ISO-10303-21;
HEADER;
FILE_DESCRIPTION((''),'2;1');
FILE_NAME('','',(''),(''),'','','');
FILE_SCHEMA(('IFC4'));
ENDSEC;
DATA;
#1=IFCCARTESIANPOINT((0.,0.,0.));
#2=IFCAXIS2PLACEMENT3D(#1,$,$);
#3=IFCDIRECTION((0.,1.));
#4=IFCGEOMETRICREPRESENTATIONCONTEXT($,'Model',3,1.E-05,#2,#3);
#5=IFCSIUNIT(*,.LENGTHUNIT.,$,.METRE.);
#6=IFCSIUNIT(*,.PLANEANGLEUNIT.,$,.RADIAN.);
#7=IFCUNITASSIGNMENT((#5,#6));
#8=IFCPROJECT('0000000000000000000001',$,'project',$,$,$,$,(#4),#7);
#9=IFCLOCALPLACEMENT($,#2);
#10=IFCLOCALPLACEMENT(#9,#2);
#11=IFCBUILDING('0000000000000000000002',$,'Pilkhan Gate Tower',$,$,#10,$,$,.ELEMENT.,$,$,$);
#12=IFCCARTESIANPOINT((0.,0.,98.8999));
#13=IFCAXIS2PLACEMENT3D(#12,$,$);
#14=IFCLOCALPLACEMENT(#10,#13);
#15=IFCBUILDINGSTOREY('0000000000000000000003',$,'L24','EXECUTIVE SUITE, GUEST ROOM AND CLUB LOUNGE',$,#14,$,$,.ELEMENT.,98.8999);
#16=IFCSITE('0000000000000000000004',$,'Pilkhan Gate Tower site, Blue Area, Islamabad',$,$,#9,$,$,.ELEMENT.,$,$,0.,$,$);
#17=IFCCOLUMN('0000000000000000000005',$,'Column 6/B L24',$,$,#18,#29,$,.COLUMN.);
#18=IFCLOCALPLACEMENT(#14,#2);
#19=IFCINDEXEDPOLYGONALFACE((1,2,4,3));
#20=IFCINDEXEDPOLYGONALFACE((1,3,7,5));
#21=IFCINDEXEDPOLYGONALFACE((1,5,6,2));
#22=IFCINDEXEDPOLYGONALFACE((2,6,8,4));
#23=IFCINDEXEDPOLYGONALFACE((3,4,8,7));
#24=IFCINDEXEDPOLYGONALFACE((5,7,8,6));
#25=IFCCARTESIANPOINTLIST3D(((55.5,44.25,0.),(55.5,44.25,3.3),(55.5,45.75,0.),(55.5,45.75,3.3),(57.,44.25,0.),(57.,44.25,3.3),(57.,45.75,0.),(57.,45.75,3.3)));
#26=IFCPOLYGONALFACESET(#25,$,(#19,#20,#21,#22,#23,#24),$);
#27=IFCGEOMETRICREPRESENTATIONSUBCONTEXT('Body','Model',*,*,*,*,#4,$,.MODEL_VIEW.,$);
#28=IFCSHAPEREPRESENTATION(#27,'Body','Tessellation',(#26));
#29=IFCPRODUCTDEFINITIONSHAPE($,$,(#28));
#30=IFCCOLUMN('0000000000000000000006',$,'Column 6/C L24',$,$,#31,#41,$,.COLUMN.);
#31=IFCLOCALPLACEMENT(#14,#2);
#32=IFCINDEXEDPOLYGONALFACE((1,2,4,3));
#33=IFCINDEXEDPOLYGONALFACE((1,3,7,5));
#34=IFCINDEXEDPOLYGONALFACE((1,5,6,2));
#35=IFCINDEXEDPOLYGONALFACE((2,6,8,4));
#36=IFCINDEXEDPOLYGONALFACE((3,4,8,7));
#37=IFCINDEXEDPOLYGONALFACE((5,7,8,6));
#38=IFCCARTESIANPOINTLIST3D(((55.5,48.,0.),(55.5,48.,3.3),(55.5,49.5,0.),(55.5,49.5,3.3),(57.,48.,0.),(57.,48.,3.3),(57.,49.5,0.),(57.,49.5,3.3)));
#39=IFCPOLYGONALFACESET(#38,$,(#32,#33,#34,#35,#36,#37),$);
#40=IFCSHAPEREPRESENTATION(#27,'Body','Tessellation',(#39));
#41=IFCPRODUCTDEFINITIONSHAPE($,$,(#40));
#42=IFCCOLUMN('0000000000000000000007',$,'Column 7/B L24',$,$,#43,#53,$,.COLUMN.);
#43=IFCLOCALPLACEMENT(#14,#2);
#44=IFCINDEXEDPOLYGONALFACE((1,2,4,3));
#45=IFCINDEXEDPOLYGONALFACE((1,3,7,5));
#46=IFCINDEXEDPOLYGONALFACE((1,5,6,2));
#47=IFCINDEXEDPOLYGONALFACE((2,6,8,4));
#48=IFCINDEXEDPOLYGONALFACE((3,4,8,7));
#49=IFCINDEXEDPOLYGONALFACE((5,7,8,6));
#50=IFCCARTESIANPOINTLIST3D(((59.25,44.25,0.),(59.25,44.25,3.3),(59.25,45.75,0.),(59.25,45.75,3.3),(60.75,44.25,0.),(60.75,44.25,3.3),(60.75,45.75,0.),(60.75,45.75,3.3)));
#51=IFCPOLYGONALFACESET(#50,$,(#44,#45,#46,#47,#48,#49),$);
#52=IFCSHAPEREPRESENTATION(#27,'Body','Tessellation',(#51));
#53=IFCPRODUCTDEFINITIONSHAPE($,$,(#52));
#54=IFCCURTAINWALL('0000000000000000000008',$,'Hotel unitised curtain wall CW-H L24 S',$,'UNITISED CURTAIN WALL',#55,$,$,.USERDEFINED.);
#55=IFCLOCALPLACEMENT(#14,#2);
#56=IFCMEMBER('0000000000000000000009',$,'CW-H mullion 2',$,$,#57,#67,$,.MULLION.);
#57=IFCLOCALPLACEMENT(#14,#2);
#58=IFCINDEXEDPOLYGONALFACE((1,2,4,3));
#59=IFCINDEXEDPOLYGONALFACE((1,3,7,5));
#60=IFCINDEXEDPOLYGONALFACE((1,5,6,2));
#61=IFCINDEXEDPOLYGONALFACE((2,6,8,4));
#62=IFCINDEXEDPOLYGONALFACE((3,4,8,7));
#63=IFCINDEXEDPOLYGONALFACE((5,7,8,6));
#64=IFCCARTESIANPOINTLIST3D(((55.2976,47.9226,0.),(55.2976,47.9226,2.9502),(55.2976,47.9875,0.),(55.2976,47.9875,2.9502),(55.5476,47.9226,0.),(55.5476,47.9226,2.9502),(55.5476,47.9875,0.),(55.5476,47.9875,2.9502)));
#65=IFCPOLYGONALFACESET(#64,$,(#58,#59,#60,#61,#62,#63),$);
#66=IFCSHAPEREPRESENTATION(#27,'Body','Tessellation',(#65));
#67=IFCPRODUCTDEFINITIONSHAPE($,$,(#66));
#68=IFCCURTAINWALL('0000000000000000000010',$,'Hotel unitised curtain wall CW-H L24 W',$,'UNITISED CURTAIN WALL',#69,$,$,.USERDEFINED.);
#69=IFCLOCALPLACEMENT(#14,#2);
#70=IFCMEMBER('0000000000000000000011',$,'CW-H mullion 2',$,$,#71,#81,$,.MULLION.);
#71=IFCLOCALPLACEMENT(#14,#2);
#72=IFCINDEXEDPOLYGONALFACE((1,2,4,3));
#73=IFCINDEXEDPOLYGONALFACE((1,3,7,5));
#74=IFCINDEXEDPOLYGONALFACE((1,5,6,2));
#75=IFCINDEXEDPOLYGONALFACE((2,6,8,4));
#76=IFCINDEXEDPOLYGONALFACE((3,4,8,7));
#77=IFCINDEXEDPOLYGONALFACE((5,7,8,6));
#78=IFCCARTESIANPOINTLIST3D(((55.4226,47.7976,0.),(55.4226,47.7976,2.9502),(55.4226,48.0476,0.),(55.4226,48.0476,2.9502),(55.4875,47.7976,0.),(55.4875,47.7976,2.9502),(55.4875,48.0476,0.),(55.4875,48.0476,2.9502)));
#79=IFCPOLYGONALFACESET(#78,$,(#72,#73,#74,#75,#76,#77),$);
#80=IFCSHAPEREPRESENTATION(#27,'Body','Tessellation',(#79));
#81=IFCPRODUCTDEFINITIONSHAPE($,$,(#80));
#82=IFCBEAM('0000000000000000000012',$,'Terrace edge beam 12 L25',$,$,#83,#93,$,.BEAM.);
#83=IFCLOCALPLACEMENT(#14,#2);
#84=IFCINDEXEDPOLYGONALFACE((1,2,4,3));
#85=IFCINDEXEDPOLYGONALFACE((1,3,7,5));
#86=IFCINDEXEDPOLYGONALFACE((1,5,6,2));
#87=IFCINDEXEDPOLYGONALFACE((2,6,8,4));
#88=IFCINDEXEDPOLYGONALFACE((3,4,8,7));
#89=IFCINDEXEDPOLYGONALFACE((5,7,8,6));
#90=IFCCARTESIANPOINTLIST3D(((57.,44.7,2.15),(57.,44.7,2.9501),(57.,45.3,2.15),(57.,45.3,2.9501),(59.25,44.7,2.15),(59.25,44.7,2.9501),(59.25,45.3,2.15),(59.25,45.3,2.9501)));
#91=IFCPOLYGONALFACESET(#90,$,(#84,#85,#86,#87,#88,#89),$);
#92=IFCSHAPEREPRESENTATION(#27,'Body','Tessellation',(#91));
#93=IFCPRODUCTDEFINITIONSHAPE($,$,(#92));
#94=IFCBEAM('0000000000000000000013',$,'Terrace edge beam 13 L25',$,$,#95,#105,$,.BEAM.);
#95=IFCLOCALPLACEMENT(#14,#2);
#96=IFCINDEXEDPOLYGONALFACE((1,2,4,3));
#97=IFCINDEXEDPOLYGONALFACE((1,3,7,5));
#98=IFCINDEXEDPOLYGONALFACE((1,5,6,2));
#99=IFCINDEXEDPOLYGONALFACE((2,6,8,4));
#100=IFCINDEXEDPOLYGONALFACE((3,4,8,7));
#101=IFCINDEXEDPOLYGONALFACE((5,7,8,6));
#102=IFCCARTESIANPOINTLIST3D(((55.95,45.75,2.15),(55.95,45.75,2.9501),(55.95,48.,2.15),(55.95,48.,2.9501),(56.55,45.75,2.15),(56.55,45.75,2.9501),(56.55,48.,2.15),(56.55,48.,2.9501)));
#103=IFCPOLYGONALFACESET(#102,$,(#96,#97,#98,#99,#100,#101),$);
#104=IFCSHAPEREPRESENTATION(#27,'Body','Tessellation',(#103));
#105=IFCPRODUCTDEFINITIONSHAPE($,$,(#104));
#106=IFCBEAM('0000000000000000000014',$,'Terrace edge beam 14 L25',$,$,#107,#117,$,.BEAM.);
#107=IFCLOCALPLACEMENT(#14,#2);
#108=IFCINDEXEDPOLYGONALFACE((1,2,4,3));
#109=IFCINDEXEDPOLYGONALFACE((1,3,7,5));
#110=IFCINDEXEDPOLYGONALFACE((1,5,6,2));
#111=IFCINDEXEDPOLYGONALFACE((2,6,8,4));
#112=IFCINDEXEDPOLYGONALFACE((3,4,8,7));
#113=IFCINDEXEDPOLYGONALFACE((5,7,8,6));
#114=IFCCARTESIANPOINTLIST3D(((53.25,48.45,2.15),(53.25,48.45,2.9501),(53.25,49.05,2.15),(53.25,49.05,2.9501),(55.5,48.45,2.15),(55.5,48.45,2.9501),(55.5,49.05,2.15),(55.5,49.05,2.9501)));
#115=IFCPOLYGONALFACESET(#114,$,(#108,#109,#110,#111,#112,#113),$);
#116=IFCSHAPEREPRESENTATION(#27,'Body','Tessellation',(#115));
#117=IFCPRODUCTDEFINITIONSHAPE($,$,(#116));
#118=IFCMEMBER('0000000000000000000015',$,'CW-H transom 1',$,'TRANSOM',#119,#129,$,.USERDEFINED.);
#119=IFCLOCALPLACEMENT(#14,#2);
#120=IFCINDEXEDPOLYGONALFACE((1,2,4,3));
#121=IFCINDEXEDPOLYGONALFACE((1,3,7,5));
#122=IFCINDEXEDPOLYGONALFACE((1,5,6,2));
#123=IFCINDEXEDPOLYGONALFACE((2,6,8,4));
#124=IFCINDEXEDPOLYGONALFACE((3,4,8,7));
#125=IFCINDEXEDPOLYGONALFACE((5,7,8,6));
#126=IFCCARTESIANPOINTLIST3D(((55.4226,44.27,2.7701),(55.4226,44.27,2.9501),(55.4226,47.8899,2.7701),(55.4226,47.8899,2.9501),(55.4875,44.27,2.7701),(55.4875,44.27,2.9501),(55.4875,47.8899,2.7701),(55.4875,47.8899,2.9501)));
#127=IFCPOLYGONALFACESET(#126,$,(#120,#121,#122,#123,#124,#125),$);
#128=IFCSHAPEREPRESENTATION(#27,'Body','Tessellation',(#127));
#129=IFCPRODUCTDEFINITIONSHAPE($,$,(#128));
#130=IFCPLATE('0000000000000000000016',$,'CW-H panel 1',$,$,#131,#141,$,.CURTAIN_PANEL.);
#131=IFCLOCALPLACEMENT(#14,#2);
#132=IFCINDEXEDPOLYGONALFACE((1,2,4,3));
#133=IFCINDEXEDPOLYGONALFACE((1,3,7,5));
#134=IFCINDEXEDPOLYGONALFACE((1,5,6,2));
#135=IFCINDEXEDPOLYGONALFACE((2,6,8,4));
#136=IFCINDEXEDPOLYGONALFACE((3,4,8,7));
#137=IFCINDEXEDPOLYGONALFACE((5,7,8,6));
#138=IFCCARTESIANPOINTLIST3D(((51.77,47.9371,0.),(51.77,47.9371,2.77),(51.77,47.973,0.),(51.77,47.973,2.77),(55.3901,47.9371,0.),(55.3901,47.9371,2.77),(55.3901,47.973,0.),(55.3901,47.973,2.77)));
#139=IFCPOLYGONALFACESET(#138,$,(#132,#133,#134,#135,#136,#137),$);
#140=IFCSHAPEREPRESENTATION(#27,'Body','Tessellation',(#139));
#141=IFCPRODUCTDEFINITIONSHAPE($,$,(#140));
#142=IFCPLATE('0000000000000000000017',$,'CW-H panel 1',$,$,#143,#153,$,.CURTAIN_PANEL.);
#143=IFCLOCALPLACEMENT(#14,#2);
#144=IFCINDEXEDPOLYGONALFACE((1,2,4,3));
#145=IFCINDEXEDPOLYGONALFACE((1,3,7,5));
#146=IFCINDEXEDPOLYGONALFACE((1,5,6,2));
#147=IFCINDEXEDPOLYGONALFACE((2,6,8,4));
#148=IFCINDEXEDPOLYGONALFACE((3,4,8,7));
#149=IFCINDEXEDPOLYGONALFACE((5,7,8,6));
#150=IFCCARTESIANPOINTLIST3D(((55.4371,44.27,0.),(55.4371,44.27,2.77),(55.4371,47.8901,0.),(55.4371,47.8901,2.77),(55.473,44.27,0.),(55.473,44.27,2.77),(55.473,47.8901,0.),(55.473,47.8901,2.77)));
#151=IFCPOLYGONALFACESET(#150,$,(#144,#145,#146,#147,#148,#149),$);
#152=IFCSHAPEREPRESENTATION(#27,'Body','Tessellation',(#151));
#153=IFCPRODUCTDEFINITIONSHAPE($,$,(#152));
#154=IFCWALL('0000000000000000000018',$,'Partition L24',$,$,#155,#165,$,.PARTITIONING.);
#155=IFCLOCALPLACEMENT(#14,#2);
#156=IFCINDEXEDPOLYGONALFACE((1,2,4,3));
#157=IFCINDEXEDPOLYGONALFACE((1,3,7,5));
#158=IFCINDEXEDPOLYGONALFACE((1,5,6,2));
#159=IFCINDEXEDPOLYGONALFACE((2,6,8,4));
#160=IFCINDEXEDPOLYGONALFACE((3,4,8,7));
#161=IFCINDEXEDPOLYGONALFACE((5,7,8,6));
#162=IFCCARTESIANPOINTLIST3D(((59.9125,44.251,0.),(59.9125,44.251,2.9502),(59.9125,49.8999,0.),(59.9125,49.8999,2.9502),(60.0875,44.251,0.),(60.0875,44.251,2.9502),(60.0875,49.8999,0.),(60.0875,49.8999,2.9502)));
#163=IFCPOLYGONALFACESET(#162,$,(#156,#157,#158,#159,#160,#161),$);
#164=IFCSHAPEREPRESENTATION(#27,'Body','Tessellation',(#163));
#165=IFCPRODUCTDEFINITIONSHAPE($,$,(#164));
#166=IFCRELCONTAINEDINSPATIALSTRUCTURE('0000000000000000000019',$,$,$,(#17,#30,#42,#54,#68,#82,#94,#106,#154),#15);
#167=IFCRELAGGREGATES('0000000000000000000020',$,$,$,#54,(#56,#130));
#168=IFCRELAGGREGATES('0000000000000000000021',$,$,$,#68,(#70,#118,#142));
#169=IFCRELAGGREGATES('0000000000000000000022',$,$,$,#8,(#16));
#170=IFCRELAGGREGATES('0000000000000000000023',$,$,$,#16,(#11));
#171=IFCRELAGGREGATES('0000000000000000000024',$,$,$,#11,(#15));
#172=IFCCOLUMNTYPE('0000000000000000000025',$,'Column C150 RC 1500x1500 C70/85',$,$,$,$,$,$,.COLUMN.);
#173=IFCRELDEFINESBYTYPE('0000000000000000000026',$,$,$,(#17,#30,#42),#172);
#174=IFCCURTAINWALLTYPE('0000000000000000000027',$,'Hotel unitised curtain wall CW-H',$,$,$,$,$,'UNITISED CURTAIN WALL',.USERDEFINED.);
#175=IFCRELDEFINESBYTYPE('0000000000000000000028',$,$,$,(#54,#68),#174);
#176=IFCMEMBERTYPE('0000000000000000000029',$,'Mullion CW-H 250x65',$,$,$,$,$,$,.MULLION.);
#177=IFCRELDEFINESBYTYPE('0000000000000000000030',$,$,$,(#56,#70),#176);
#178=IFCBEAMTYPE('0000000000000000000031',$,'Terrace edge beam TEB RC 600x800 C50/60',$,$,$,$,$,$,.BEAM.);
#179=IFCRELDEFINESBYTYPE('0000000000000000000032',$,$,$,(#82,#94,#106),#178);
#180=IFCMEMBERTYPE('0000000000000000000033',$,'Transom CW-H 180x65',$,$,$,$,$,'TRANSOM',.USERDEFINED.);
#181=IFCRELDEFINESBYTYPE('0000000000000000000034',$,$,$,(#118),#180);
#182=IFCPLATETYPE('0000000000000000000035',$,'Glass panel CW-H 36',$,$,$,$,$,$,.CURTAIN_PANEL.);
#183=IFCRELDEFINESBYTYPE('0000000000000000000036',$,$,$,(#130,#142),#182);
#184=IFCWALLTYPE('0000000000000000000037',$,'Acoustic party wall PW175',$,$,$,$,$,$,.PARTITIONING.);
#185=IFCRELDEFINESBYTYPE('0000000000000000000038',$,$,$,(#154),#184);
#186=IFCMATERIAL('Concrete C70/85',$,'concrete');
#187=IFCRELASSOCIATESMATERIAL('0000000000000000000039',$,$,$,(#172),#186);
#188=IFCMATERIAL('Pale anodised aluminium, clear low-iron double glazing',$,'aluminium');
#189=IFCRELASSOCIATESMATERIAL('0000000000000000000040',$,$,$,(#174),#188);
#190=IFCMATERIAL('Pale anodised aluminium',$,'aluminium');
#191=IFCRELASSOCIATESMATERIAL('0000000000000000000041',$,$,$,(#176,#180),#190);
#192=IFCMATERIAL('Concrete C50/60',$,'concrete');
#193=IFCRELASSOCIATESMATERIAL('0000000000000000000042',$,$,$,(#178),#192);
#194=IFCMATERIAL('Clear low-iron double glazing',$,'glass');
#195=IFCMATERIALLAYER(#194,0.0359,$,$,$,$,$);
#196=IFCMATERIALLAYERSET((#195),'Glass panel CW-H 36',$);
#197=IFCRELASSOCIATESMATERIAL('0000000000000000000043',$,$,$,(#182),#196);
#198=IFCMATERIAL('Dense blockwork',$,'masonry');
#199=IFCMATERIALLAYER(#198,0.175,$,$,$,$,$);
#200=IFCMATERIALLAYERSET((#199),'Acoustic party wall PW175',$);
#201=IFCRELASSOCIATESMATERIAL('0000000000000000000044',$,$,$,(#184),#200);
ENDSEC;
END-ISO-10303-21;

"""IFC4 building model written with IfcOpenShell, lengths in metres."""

from ifc_helpers import new_model, si_unit, direction, frame, frame_2d, origin, origin_2d, place, context, subcontext, project, spatial, rectangle, extrude, material, layer, layer_set, material_profile, profile_set, type_object, element, aggregate, save


model = new_model("IFC4")

# Units and contexts
model_context = context("Model", 3, precision=1e-05, world=origin(), true_north=direction((0.0, 1.0)))
body_context = subcontext(model_context, "Body", "Model", "MODEL_VIEW")
ifc_project = project(units=[si_unit("LENGTHUNIT", "METRE"), si_unit("PLANEANGLEUNIT", "RADIAN")], contexts=[model_context])

# Site, building, storey
site_placement = place(None, origin())
site = spatial("IfcSite", under=ifc_project, at=site_placement, Name="Pilkhan Gate Tower site, Blue Area, Islamabad", CompositionType="ELEMENT", RefElevation=0.0)
building_placement = place(site_placement, origin())
building = spatial("IfcBuilding", under=site, at=building_placement, Name="Pilkhan Gate Tower", CompositionType="ELEMENT")
storey_placement = place(building_placement, frame((0.0, 0.0, 98.8999)))
storey = spatial("IfcBuildingStorey", under=building, at=storey_placement, Name="L24", Description="EXECUTIVE SUITE, GUEST ROOM AND CLUB LOUNGE", CompositionType="ELEMENT", Elevation=98.8999)

# Columns
ifc_material_1 = material(Name="Concrete C70/85", Category="concrete")
ifc_material_profile_1 = material_profile(ifc_material_1, rectangle(XDim=1.5, YDim=1.5, at=origin_2d()), Name="RC 1500x1500")
ifc_profile_set_1 = profile_set([ifc_material_profile_1], Name="Concrete C70/85")
column_type = type_object("IfcColumnType", Name="Column C150 RC 1500x1500 C70/85", PredefinedType="COLUMN", material=ifc_profile_set_1)
for number, where, z_axis, x_axis, name in (
    (1, (56.25, 45.0, 0.0), (0.0, 0.0, 1.0), (1.0, 0.0, 0.0), "Column 6/B L24"),
    (2, (56.25, 48.75, 0.0), (0.0, 0.0, 1.0), (1.0, 0.0, 0.0), "Column 6/C L24"),
    (3, (60.0, 45.0, 0.0), (0.0, 0.0, 1.0), (1.0, 0.0, 0.0), "Column 7/B L24"),
):
    element("IfcColumn", number, at=place(storey_placement, frame(where, z_axis=z_axis, x_axis=x_axis)), inside=storey, type_object=column_type, Name=name, PredefinedType="COLUMN", context=body_context, shape_type="SweptSolid", body=[
        extrude(rectangle(XDim=1.5, YDim=1.5, at=origin_2d()), origin(), (0.0, 0.0, 1.0), 3.3),
    ])

# Curtain walls, members
ifc_material_2 = material(Name="Pale anodised aluminium, clear low-iron double glazing", Category="aluminium")
curtain_wall_type = type_object("IfcCurtainWallType", Name="Hotel unitised curtain wall CW-H", ElementType="UNITISED CURTAIN WALL", PredefinedType="USERDEFINED", material=ifc_material_2)
curtain_wall_1_placement = place(storey_placement, origin())
curtain_wall_1 = element("IfcCurtainWall", 4, at=curtain_wall_1_placement, inside=storey, type_object=curtain_wall_type, Name="Hotel unitised curtain wall CW-H L24 S", ObjectType="UNITISED CURTAIN WALL", PredefinedType="USERDEFINED")
ifc_material_3 = material(Name="Pale anodised aluminium", Category="aluminium")
ifc_material_profile_2 = material_profile(ifc_material_3, rectangle(XDim=0.0649, YDim=0.25, at=origin_2d()), Name="Mullion 250x65")
ifc_profile_set_2 = profile_set([ifc_material_profile_2], Name="Pale anodised aluminium")
member_type_1 = type_object("IfcMemberType", Name="Mullion CW-H 250x65", PredefinedType="MULLION", material=ifc_profile_set_2)
member_1_placement = place(storey_placement, frame((55.4226, 47.9551, 0.0), z_axis=(0.0, 0.0, 1.0), x_axis=(0.0, 1.0, 0.0)))
member_1 = element("IfcMember", 5, at=member_1_placement, type_object=member_type_1, Name="CW-H mullion 2", PredefinedType="MULLION", context=body_context, shape_type="SweptSolid", body=[
    extrude(rectangle(XDim=0.0649, YDim=0.25, at=origin_2d()), origin(), (0.0, 0.0, 1.0), 2.9502),
])
curtain_wall_2_placement = place(storey_placement, origin())
curtain_wall_2 = element("IfcCurtainWall", 6, at=curtain_wall_2_placement, inside=storey, type_object=curtain_wall_type, Name="Hotel unitised curtain wall CW-H L24 W", ObjectType="UNITISED CURTAIN WALL", PredefinedType="USERDEFINED")
member_2_placement = place(storey_placement, frame((55.4551, 47.9226, 0.0), z_axis=(0.0, 0.0, 1.0), x_axis=(-1.0, 0.0, 0.0)))
member_2 = element("IfcMember", 7, at=member_2_placement, type_object=member_type_1, Name="CW-H mullion 2", PredefinedType="MULLION", context=body_context, shape_type="SweptSolid", body=[
    extrude(rectangle(XDim=0.0649, YDim=0.25, at=origin_2d()), origin(), (0.0, 0.0, 1.0), 2.9502),
])

# Beams
ifc_material_4 = material(Name="Concrete C50/60", Category="concrete")
ifc_material_profile_3 = material_profile(ifc_material_4, rectangle(XDim=0.6001, YDim=0.8, at=origin_2d()), Name="RC 600x800")
ifc_profile_set_3 = profile_set([ifc_material_profile_3], Name="Concrete C50/60")
beam_type = type_object("IfcBeamType", Name="Terrace edge beam TEB RC 600x800 C50/60", PredefinedType="BEAM", material=ifc_profile_set_3)
for number, where, z_axis, x_axis, name in (
    (8, (59.25, 45.0, 2.55), (-1.0, 0.0, 0.0), (0.0, -1.0, 0.0), "Terrace edge beam 12 L25"),
    (9, (56.25, 45.75, 2.55), (0.0, 1.0, 0.0), (-1.0, 0.0, 0.0), "Terrace edge beam 13 L25"),
    (10, (55.5, 48.75, 2.55), (-1.0, 0.0, 0.0), (0.0, -1.0, 0.0), "Terrace edge beam 14 L25"),
):
    element("IfcBeam", number, at=place(storey_placement, frame(where, z_axis=z_axis, x_axis=x_axis)), inside=storey, type_object=beam_type, Name=name, PredefinedType="BEAM", context=body_context, shape_type="SweptSolid", body=[
        extrude(rectangle(XDim=0.6001, YDim=0.8, at=origin_2d()), origin(), (0.0, 0.0, 1.0), 2.25),
    ])

# Member
ifc_material_profile_4 = material_profile(ifc_material_3, rectangle(XDim=0.0649, YDim=0.1799, at=origin_2d()), Name="Transom 180x65")
ifc_profile_set_4 = profile_set([ifc_material_profile_4], Name="Pale anodised aluminium")
member_type_2 = type_object("IfcMemberType", Name="Transom CW-H 180x65", ElementType="TRANSOM", PredefinedType="USERDEFINED", material=ifc_profile_set_4)
member_3_placement = place(storey_placement, frame((55.4551, 44.27, 2.8601), z_axis=(0.0, 1.0, 0.0), x_axis=(-1.0, 0.0, 0.0)))
member_3 = element("IfcMember", 11, at=member_3_placement, type_object=member_type_2, Name="CW-H transom 1", ObjectType="TRANSOM", PredefinedType="USERDEFINED", context=body_context, shape_type="SweptSolid", body=[
    extrude(rectangle(XDim=0.0649, YDim=0.1799, at=origin_2d()), origin(), (0.0, 0.0, 1.0), 3.6199),
])

# Plates
ifc_material_5 = material(Name="Clear low-iron double glazing", Category="glass")
ifc_layer_1 = layer(ifc_material_5, 0.0359)
ifc_layer_set_1 = layer_set([ifc_layer_1], Name="Glass panel CW-H 36")
plate_type = type_object("IfcPlateType", Name="Glass panel CW-H 36", PredefinedType="CURTAIN_PANEL", material=ifc_layer_set_1)
plate_1_placement = place(storey_placement, frame((53.5801, 47.9551, 0.0), z_axis=(0.0, 0.0, 1.0), x_axis=(1.0, 0.0, 0.0)))
plate_1 = element("IfcPlate", 12, at=plate_1_placement, type_object=plate_type, Name="CW-H panel 1", PredefinedType="CURTAIN_PANEL", context=body_context, shape_type="SweptSolid", body=[
    extrude(rectangle(XDim=3.6201, YDim=0.0359, at=origin_2d()), origin(), (0.0, 0.0, 1.0), 2.77),
])
aggregate(curtain_wall_1, [member_1, plate_1])
plate_2_placement = place(storey_placement, frame((55.4551, 46.0801, 0.0), z_axis=(0.0, 0.0, 1.0), x_axis=(0.0, 1.0, 0.0)))
plate_2 = element("IfcPlate", 13, at=plate_2_placement, type_object=plate_type, Name="CW-H panel 1", PredefinedType="CURTAIN_PANEL", context=body_context, shape_type="SweptSolid", body=[
    extrude(rectangle(XDim=3.6201, YDim=0.0359, at=origin_2d()), origin(), (0.0, 0.0, 1.0), 2.77),
])
aggregate(curtain_wall_2, [member_2, member_3, plate_2])

# Wall
ifc_material_6 = material(Name="Dense blockwork", Category="masonry")
ifc_layer_2 = layer(ifc_material_6, 0.175)
ifc_layer_set_2 = layer_set([ifc_layer_2], Name="Acoustic party wall PW175")
wall_type_1 = type_object("IfcWallType", Name="Acoustic party wall PW175", PredefinedType="PARTITIONING", material=ifc_layer_set_2)
wall_1_placement = place(storey_placement, frame((60.0, 44.251, 0.0), z_axis=(0.0, 0.0, 1.0), x_axis=(0.0, 1.0, 0.0)))
element("IfcWall", 14, at=wall_1_placement, inside=storey, type_object=wall_type_1, Name="Partition L24", PredefinedType="PARTITIONING", context=body_context, shape_type="SweptSolid", body=[
    extrude(rectangle(XDim=5.6489, YDim=0.175, at=frame_2d((2.8245, 0.0))), origin(), (0.0, 0.0, 1.0), 2.9502),
])

save(model, "model.ifc")
